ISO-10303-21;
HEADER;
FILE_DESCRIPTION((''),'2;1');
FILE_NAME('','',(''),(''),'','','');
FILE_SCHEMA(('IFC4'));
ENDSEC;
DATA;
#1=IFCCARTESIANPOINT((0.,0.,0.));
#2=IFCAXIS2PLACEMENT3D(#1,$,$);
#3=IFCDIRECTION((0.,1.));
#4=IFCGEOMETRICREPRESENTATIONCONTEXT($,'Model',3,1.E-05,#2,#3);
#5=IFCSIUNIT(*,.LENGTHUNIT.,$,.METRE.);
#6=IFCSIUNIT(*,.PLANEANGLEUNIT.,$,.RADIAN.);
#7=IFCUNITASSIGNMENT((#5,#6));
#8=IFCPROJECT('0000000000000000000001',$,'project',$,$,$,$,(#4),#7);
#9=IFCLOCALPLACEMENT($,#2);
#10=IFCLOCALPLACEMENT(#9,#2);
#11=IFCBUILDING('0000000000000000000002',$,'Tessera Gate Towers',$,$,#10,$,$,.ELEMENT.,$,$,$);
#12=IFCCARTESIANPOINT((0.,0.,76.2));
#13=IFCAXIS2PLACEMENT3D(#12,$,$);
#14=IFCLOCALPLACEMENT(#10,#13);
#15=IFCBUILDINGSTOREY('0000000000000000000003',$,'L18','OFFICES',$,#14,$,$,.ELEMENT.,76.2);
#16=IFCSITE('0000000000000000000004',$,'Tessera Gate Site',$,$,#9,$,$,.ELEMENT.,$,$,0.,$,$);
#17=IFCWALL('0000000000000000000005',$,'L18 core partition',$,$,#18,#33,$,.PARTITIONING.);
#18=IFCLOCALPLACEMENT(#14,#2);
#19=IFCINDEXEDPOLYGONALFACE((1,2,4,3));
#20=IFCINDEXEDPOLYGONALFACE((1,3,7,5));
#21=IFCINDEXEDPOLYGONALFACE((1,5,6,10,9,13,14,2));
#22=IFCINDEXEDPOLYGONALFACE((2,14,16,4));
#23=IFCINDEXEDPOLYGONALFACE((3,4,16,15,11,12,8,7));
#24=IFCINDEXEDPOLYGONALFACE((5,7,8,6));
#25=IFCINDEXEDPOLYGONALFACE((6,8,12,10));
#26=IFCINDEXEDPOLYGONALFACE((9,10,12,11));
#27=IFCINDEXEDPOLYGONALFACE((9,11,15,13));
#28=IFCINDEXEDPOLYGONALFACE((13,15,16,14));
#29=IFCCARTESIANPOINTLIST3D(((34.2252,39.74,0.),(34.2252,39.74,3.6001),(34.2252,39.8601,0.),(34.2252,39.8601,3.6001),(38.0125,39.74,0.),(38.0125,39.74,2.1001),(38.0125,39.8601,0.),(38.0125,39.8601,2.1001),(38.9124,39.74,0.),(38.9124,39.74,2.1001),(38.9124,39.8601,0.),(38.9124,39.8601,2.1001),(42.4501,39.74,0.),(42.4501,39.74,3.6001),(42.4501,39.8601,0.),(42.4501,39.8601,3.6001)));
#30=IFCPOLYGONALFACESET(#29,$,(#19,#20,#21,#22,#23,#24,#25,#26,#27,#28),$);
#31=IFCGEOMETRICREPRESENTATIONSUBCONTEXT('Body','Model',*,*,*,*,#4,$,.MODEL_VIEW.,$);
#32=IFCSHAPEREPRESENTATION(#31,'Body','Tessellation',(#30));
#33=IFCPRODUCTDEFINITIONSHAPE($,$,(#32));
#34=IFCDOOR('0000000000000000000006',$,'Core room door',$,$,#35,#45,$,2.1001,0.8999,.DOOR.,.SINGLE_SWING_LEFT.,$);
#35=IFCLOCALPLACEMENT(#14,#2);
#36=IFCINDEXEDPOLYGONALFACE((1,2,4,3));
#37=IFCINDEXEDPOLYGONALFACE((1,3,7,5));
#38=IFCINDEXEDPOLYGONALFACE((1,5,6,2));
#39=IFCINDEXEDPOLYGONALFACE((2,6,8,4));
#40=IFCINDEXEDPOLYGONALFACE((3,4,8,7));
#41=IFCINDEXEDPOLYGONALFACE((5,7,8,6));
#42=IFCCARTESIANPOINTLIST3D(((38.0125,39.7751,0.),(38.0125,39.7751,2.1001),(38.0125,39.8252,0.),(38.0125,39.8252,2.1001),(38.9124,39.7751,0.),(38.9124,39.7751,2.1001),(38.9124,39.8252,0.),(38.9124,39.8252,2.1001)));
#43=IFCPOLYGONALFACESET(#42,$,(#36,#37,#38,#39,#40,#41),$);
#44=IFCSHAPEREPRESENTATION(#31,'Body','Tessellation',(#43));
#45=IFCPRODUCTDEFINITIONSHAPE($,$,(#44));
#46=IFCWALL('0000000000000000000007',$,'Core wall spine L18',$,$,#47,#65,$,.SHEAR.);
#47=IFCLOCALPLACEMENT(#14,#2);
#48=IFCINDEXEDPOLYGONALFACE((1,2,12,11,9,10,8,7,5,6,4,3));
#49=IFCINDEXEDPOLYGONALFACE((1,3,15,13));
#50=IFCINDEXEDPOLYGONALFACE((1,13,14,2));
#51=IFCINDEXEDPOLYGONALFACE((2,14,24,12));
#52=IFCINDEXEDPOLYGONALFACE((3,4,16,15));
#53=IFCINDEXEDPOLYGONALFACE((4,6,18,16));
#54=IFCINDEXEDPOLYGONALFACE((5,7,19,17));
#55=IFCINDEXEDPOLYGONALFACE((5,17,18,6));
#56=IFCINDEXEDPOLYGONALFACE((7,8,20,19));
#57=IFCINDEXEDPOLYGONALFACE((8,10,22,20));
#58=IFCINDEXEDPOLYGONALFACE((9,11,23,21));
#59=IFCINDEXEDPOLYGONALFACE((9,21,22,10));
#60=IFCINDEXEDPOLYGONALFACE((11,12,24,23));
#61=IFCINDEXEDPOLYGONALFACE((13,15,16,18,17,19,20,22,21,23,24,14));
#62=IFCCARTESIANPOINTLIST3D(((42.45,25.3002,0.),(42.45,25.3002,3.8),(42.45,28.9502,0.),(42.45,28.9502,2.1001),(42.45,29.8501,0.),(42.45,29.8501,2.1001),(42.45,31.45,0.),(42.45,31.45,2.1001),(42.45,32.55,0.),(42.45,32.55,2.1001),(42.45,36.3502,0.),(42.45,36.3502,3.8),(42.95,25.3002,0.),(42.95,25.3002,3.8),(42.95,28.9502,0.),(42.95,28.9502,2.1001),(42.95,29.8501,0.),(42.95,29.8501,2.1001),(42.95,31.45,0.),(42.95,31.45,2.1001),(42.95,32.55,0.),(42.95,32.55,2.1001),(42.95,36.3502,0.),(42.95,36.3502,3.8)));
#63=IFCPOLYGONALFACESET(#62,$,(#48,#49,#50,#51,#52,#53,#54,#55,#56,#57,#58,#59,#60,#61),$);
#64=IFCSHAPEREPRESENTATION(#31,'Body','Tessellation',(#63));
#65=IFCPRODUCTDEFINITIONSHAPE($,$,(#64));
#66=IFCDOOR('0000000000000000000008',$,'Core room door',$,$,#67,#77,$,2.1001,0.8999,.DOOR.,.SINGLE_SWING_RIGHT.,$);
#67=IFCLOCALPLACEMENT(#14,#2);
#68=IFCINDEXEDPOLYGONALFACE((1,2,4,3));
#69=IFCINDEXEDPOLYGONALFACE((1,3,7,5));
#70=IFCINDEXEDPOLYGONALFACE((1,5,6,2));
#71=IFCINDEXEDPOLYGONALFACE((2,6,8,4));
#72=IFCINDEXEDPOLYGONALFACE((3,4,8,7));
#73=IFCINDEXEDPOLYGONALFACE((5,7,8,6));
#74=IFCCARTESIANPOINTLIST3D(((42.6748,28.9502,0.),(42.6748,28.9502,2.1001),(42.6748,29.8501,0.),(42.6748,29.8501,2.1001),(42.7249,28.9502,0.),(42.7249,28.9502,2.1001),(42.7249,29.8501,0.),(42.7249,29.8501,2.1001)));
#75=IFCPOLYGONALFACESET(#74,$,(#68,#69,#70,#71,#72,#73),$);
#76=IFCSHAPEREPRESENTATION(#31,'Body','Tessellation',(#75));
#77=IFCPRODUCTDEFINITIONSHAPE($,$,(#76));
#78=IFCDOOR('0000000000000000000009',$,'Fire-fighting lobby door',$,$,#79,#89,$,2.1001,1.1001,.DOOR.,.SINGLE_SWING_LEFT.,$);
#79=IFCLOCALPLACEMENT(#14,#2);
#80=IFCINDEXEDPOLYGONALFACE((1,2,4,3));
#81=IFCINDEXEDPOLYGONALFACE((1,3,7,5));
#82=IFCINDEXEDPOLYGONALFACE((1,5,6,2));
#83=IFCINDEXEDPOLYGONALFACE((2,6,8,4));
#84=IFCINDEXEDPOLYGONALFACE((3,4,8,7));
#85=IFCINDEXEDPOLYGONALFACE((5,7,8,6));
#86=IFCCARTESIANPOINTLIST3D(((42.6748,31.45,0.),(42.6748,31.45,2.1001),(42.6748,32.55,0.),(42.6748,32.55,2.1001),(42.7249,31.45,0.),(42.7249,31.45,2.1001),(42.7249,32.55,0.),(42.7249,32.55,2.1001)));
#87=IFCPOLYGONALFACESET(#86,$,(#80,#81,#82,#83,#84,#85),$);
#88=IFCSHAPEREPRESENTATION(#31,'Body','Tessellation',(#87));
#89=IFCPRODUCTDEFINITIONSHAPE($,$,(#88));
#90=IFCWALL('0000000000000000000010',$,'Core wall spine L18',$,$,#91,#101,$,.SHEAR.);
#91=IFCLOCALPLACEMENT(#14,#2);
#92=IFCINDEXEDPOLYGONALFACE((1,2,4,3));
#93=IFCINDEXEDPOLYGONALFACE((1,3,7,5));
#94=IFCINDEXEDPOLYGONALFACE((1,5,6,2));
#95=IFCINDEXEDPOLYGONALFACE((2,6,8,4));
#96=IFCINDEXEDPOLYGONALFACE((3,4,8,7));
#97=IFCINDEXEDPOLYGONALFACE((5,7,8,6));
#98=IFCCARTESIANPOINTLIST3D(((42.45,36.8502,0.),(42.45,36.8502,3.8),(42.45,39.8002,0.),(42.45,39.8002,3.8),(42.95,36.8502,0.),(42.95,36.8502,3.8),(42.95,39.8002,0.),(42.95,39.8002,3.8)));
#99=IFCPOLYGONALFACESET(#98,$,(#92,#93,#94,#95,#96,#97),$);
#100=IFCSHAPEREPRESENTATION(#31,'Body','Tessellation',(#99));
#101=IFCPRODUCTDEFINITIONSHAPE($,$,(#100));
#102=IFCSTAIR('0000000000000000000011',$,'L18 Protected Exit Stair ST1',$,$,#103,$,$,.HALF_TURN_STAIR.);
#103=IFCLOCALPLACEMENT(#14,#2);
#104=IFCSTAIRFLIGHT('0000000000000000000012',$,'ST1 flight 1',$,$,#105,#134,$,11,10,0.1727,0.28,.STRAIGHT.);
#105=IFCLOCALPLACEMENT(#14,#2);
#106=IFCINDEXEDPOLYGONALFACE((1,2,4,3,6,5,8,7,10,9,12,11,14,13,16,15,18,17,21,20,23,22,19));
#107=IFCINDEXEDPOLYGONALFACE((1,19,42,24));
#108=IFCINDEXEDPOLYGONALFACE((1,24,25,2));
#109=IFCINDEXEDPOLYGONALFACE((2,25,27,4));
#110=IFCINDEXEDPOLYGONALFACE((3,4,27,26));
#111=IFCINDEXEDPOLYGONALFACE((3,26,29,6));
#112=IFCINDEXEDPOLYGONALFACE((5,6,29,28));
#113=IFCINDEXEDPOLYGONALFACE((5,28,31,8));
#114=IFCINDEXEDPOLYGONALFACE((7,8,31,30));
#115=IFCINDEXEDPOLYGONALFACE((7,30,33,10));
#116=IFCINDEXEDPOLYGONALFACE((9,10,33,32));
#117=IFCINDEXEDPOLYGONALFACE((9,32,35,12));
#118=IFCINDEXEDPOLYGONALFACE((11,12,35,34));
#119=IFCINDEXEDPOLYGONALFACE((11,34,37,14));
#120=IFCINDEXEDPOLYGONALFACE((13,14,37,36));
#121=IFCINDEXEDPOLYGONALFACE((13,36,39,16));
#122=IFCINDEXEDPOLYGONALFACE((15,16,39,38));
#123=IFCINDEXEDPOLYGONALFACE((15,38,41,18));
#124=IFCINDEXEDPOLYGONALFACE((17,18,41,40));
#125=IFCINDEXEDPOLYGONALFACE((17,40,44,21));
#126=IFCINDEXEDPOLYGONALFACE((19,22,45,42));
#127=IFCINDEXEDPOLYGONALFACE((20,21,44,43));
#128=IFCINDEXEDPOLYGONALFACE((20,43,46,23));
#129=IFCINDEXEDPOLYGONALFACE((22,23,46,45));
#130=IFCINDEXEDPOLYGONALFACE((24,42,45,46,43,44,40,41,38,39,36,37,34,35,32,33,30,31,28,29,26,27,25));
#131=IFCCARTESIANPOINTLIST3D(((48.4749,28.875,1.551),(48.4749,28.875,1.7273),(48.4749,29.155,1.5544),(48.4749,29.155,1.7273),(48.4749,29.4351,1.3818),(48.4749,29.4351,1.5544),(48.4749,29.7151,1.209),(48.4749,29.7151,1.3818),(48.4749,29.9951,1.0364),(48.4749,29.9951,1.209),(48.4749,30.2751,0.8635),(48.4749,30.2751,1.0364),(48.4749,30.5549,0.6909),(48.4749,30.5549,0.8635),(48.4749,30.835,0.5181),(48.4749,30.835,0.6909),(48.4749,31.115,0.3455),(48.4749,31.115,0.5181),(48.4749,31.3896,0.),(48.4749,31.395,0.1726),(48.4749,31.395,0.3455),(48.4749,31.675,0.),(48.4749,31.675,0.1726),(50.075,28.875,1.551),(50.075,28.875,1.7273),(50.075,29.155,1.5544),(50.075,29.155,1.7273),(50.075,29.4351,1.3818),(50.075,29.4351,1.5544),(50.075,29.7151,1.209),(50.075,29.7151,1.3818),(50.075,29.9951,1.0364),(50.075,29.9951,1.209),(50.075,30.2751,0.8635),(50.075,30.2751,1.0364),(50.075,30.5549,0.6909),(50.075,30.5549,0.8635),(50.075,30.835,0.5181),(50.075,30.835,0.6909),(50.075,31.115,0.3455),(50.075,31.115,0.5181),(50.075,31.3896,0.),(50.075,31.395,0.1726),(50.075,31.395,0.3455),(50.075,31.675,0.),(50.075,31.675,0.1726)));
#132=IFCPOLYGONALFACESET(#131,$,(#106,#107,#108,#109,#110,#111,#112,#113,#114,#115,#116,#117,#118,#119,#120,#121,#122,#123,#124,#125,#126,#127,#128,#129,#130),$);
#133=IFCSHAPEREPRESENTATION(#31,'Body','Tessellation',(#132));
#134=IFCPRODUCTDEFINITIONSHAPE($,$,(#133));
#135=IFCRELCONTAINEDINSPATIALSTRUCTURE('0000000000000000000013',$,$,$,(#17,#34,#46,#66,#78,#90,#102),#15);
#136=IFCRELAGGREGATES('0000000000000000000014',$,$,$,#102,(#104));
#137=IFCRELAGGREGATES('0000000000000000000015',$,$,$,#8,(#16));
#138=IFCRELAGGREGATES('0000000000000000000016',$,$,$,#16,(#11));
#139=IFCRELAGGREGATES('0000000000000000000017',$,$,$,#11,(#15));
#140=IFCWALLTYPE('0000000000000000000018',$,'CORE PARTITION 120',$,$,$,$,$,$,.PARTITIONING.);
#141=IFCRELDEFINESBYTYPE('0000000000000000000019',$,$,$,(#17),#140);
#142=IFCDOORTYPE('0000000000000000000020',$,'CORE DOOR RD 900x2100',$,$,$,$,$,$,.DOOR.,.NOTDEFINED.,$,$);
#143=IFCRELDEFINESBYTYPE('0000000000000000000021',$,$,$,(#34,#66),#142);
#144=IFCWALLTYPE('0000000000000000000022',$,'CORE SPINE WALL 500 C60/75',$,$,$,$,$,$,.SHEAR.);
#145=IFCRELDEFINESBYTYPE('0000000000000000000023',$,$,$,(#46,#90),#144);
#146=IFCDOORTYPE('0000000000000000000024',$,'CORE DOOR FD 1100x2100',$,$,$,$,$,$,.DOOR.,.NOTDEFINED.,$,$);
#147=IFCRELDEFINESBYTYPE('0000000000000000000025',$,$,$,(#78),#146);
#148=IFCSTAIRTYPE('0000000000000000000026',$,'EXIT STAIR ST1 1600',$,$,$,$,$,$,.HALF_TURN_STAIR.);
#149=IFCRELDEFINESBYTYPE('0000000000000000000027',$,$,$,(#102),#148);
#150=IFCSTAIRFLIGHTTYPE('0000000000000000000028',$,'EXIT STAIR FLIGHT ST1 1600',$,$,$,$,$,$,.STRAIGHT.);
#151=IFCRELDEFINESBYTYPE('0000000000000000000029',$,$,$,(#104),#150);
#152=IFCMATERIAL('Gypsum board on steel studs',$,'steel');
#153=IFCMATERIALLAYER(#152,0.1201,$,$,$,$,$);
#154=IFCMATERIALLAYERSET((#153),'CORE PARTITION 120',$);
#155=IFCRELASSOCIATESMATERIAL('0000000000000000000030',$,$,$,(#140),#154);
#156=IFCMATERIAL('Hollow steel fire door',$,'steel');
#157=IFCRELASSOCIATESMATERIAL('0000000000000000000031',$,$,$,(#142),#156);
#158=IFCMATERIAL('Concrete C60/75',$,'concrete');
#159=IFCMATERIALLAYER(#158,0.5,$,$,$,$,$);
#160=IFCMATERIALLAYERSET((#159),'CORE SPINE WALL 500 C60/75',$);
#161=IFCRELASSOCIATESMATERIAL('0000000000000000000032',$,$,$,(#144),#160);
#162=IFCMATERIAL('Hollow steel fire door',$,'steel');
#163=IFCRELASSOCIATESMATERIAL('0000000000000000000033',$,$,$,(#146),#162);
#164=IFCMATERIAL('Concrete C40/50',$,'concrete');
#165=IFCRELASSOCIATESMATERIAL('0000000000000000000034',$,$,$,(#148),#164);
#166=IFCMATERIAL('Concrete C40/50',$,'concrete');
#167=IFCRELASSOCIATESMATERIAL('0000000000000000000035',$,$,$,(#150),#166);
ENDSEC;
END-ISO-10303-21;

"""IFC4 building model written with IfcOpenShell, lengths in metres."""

from ifc_helpers import new_model, si_unit, direction, frame, frame_2d, origin, place, context, subcontext, project, spatial, polyline, rectangle, outline, extrude, source, transform, mapped, material, layer, layer_set, type_object, element, fill, aggregate, save


model = new_model("IFC4")

# Units and contexts
model_context = context("Model", 3, precision=1e-05, world=origin(), true_north=direction((0.0, 1.0)))
body_context = subcontext(model_context, "Body", "Model", "MODEL_VIEW")
ifc_project = project(units=[si_unit("LENGTHUNIT", "METRE"), si_unit("PLANEANGLEUNIT", "RADIAN")], contexts=[model_context])

# Site, building, storey
site_placement = place(None, origin())
site = spatial("IfcSite", under=ifc_project, at=site_placement, Name="Tessera Gate Site", CompositionType="ELEMENT", RefElevation=0.0)
building_placement = place(site_placement, origin())
building = spatial("IfcBuilding", under=site, at=building_placement, Name="Tessera Gate Towers", CompositionType="ELEMENT")
storey_placement = place(building_placement, frame((0.0, 0.0, 76.2)))
storey = spatial("IfcBuildingStorey", under=building, at=storey_placement, Name="L18", Description="OFFICES", CompositionType="ELEMENT", Elevation=76.2)

# Wall, opening, door
ifc_material_1 = material(Name="Gypsum board on steel studs", Category="steel")
ifc_layer_1 = layer(ifc_material_1, 0.1201)
ifc_layer_set_1 = layer_set([ifc_layer_1], Name="CORE PARTITION 120")
wall_type_1 = type_object("IfcWallType", Name="CORE PARTITION 120", PredefinedType="PARTITIONING", material=ifc_layer_set_1)
wall_1_placement = place(storey_placement, frame((42.45, 39.8, 0.0), z_axis=(0.0, 0.0, 1.0), x_axis=(-1.0, 0.0, 0.0)))
wall_1 = element("IfcWall", 1, at=wall_1_placement, inside=storey, type_object=wall_type_1, Name="L18 core partition", PredefinedType="PARTITIONING", context=body_context, shape_type="SweptSolid", body=[
    extrude(rectangle(XDim=8.2249, YDim=0.1201, at=frame_2d((4.1123, 0.0))), origin(), (0.0, 0.0, 1.0), 3.6001),
])
shared_shape_1 = source(origin(), body_context, "Body", "SweptSolid", [
    extrude(rectangle(XDim=0.8999, YDim=2.1001, at=frame_2d((0.45, 1.05))), frame((0.0, 0.0701, 0.0), z_axis=(0.0, -1.0, 0.0), x_axis=(1.0, 0.0, 0.0)), (0.0, 0.0, 1.0), 0.1401),
])
opening_1_placement = place(wall_1_placement, frame((3.5376, 0.0, 0.0)))
opening_1 = element("IfcOpeningElement", 2, at=opening_1_placement, cuts=wall_1, PredefinedType="OPENING", context=body_context, shape_type="MappedRepresentation", body=[
    mapped(shared_shape_1, transform((0.0, 0.0, 0.0), scale=1.0)),
])
ifc_material_2 = material(Name="Hollow steel fire door", Category="steel")
door_type_1 = type_object("IfcDoorType", Name="CORE DOOR RD 900x2100", OperationType="NOTDEFINED", PredefinedType="DOOR", material=ifc_material_2)
shared_shape_2 = source(origin(), body_context, "Body", "SweptSolid", [
    extrude(rectangle(XDim=0.8999, YDim=2.1001, at=frame_2d((0.45, 1.05))), frame((0.0, 0.0249, 0.0), z_axis=(0.0, -1.0, 0.0), x_axis=(1.0, 0.0, 0.0)), (0.0, 0.0, 1.0), 0.05),
])
door_1_placement = place(opening_1_placement, origin())
door_1 = element("IfcDoor", 3, at=door_1_placement, inside=storey, type_object=door_type_1, Name="Core room door", OperationType="SINGLE_SWING_LEFT", OverallHeight=2.1001, OverallWidth=0.8999, PredefinedType="DOOR", context=body_context, shape_type="MappedRepresentation", body=[
    mapped(shared_shape_2, transform((0.0, 0.0, 0.0), scale=1.0)),
])
fill(opening_1, door_1)

# Wall, openings, doors
ifc_material_3 = material(Name="Concrete C60/75", Category="concrete")
ifc_layer_2 = layer(ifc_material_3, 0.5)
ifc_layer_set_2 = layer_set([ifc_layer_2], Name="CORE SPINE WALL 500 C60/75")
wall_type_2 = type_object("IfcWallType", Name="CORE SPINE WALL 500 C60/75", PredefinedType="SHEAR", material=ifc_layer_set_2)
wall_2_placement = place(storey_placement, frame((42.7, 36.3501, 0.0), z_axis=(0.0, 0.0, 1.0), x_axis=(0.0, -1.0, 0.0)))
wall_2 = element("IfcWall", 4, at=wall_2_placement, inside=storey, type_object=wall_type_2, Name="Core wall spine L18", PredefinedType="SHEAR", context=body_context, shape_type="SweptSolid", body=[
    extrude(rectangle(XDim=11.05, YDim=0.5, at=frame_2d((5.5249, 0.0))), origin(), (0.0, 0.0, 1.0), 3.8),
])
shared_shape_3 = source(origin(), body_context, "Body", "SweptSolid", [
    extrude(rectangle(XDim=0.8999, YDim=2.1001, at=frame_2d((0.45, 1.05))), frame((0.0, 0.26, 0.0), z_axis=(0.0, -1.0, 0.0), x_axis=(1.0, 0.0, 0.0)), (0.0, 0.0, 1.0), 0.52),
])
opening_2_placement = place(wall_2_placement, frame((6.5, 0.0, 0.0)))
opening_2 = element("IfcOpeningElement", 5, at=opening_2_placement, cuts=wall_2, PredefinedType="OPENING", context=body_context, shape_type="MappedRepresentation", body=[
    mapped(shared_shape_3, transform((0.0, 0.0, 0.0), scale=1.0)),
])
shared_shape_4 = source(origin(), body_context, "Body", "SweptSolid", [
    extrude(rectangle(XDim=1.1001, YDim=2.1001, at=frame_2d((0.55, 1.05))), frame((0.0, 0.26, 0.0), z_axis=(0.0, -1.0, 0.0), x_axis=(1.0, 0.0, 0.0)), (0.0, 0.0, 1.0), 0.52),
])
opening_3_placement = place(wall_2_placement, frame((3.8, 0.0, 0.0)))
opening_3 = element("IfcOpeningElement", 6, at=opening_3_placement, cuts=wall_2, PredefinedType="OPENING", context=body_context, shape_type="MappedRepresentation", body=[
    mapped(shared_shape_4, transform((0.0, 0.0, 0.0), scale=1.0)),
])
door_2_placement = place(opening_2_placement, origin())
door_2 = element("IfcDoor", 7, at=door_2_placement, inside=storey, type_object=door_type_1, Name="Core room door", OperationType="SINGLE_SWING_RIGHT", OverallHeight=2.1001, OverallWidth=0.8999, PredefinedType="DOOR", context=body_context, shape_type="MappedRepresentation", body=[
    mapped(shared_shape_2, transform((0.0, 0.0, 0.0), scale=1.0)),
])
fill(opening_2, door_2)
ifc_material_4 = material(Name="Hollow steel fire door", Category="steel")
door_type_2 = type_object("IfcDoorType", Name="CORE DOOR FD 1100x2100", OperationType="NOTDEFINED", PredefinedType="DOOR", material=ifc_material_4)
shared_shape_5 = source(origin(), body_context, "Body", "SweptSolid", [
    extrude(rectangle(XDim=1.1001, YDim=2.1001, at=frame_2d((0.55, 1.05))), frame((0.0, 0.0249, 0.0), z_axis=(0.0, -1.0, 0.0), x_axis=(1.0, 0.0, 0.0)), (0.0, 0.0, 1.0), 0.05),
])
door_3_placement = place(opening_3_placement, origin())
door_3 = element("IfcDoor", 8, at=door_3_placement, inside=storey, type_object=door_type_2, Name="Fire-fighting lobby door", OperationType="SINGLE_SWING_LEFT", OverallHeight=2.1001, OverallWidth=1.1001, PredefinedType="DOOR", context=body_context, shape_type="MappedRepresentation", body=[
    mapped(shared_shape_5, transform((0.0, 0.0, 0.0), scale=1.0)),
])
fill(opening_3, door_3)

# Wall
wall_3_placement = place(storey_placement, frame((42.7, 36.8501, 0.0), z_axis=(0.0, 0.0, 1.0), x_axis=(0.0, 1.0, 0.0)))
element("IfcWall", 9, at=wall_3_placement, inside=storey, type_object=wall_type_2, Name="Core wall spine L18", PredefinedType="SHEAR", context=body_context, shape_type="SweptSolid", body=[
    extrude(rectangle(XDim=2.95, YDim=0.5, at=frame_2d((1.4751, 0.0))), origin(), (0.0, 0.0, 1.0), 3.8),
])

# Stair, stair flight
ifc_material_5 = material(Name="Concrete C40/50", Category="concrete")
stair_type = type_object("IfcStairType", Name="EXIT STAIR ST1 1600", PredefinedType="HALF_TURN_STAIR", material=ifc_material_5)
stair_placement = place(storey_placement, origin())
stair = element("IfcStair", 10, at=stair_placement, inside=storey, type_object=stair_type, Name="L18 Protected Exit Stair ST1", PredefinedType="HALF_TURN_STAIR")
ifc_material_6 = material(Name="Concrete C40/50", Category="concrete")
stair_flight_type = type_object("IfcStairFlightType", Name="EXIT STAIR FLIGHT ST1 1600", PredefinedType="STRAIGHT", material=ifc_material_6)
stair_flight_placement = place(storey_placement, frame((49.2749, 31.675, 0.0), z_axis=(0.0, 0.0, 1.0), x_axis=(0.0, -1.0, 0.0)))
stair_flight = element("IfcStairFlight", 11, at=stair_flight_placement, type_object=stair_flight_type, Name="ST1 flight 1", NumberOfRisers=11, NumberOfTreads=10, PredefinedType="STRAIGHT", RiserHeight=0.1727, TreadLength=0.28, context=body_context, shape_type="SweptSolid", body=[
    extrude(outline(polyline([(0.0, 0.0), (0.0, 0.1726), (0.28, 0.1726), (0.28, 0.3455), (0.5601, 0.3455), (0.5601, 0.5181), (0.8401, 0.5181), (0.8401, 0.6909), (1.1201, 0.6909), (1.1201, 0.8635), (1.3999, 0.8635), (1.3999, 1.0364), (1.6799, 1.0364), (1.6799, 1.209), (1.96, 1.209), (1.96, 1.3818), (2.24, 1.3818), (2.24, 1.5544), (2.52, 1.5544), (2.52, 1.7273), (2.8, 1.7273), (2.8, 1.8999), (2.8, 1.551), (0.2854, 0.0), (0.0, 0.0)])), frame((0.0, 0.8, 0.0), z_axis=(0.0, -1.0, 0.0), x_axis=(1.0, 0.0, 0.0)), (0.0, 0.0, 1.0), 1.6001),
])
aggregate(stair, [stair_flight])

save(model, "model.ifc")
